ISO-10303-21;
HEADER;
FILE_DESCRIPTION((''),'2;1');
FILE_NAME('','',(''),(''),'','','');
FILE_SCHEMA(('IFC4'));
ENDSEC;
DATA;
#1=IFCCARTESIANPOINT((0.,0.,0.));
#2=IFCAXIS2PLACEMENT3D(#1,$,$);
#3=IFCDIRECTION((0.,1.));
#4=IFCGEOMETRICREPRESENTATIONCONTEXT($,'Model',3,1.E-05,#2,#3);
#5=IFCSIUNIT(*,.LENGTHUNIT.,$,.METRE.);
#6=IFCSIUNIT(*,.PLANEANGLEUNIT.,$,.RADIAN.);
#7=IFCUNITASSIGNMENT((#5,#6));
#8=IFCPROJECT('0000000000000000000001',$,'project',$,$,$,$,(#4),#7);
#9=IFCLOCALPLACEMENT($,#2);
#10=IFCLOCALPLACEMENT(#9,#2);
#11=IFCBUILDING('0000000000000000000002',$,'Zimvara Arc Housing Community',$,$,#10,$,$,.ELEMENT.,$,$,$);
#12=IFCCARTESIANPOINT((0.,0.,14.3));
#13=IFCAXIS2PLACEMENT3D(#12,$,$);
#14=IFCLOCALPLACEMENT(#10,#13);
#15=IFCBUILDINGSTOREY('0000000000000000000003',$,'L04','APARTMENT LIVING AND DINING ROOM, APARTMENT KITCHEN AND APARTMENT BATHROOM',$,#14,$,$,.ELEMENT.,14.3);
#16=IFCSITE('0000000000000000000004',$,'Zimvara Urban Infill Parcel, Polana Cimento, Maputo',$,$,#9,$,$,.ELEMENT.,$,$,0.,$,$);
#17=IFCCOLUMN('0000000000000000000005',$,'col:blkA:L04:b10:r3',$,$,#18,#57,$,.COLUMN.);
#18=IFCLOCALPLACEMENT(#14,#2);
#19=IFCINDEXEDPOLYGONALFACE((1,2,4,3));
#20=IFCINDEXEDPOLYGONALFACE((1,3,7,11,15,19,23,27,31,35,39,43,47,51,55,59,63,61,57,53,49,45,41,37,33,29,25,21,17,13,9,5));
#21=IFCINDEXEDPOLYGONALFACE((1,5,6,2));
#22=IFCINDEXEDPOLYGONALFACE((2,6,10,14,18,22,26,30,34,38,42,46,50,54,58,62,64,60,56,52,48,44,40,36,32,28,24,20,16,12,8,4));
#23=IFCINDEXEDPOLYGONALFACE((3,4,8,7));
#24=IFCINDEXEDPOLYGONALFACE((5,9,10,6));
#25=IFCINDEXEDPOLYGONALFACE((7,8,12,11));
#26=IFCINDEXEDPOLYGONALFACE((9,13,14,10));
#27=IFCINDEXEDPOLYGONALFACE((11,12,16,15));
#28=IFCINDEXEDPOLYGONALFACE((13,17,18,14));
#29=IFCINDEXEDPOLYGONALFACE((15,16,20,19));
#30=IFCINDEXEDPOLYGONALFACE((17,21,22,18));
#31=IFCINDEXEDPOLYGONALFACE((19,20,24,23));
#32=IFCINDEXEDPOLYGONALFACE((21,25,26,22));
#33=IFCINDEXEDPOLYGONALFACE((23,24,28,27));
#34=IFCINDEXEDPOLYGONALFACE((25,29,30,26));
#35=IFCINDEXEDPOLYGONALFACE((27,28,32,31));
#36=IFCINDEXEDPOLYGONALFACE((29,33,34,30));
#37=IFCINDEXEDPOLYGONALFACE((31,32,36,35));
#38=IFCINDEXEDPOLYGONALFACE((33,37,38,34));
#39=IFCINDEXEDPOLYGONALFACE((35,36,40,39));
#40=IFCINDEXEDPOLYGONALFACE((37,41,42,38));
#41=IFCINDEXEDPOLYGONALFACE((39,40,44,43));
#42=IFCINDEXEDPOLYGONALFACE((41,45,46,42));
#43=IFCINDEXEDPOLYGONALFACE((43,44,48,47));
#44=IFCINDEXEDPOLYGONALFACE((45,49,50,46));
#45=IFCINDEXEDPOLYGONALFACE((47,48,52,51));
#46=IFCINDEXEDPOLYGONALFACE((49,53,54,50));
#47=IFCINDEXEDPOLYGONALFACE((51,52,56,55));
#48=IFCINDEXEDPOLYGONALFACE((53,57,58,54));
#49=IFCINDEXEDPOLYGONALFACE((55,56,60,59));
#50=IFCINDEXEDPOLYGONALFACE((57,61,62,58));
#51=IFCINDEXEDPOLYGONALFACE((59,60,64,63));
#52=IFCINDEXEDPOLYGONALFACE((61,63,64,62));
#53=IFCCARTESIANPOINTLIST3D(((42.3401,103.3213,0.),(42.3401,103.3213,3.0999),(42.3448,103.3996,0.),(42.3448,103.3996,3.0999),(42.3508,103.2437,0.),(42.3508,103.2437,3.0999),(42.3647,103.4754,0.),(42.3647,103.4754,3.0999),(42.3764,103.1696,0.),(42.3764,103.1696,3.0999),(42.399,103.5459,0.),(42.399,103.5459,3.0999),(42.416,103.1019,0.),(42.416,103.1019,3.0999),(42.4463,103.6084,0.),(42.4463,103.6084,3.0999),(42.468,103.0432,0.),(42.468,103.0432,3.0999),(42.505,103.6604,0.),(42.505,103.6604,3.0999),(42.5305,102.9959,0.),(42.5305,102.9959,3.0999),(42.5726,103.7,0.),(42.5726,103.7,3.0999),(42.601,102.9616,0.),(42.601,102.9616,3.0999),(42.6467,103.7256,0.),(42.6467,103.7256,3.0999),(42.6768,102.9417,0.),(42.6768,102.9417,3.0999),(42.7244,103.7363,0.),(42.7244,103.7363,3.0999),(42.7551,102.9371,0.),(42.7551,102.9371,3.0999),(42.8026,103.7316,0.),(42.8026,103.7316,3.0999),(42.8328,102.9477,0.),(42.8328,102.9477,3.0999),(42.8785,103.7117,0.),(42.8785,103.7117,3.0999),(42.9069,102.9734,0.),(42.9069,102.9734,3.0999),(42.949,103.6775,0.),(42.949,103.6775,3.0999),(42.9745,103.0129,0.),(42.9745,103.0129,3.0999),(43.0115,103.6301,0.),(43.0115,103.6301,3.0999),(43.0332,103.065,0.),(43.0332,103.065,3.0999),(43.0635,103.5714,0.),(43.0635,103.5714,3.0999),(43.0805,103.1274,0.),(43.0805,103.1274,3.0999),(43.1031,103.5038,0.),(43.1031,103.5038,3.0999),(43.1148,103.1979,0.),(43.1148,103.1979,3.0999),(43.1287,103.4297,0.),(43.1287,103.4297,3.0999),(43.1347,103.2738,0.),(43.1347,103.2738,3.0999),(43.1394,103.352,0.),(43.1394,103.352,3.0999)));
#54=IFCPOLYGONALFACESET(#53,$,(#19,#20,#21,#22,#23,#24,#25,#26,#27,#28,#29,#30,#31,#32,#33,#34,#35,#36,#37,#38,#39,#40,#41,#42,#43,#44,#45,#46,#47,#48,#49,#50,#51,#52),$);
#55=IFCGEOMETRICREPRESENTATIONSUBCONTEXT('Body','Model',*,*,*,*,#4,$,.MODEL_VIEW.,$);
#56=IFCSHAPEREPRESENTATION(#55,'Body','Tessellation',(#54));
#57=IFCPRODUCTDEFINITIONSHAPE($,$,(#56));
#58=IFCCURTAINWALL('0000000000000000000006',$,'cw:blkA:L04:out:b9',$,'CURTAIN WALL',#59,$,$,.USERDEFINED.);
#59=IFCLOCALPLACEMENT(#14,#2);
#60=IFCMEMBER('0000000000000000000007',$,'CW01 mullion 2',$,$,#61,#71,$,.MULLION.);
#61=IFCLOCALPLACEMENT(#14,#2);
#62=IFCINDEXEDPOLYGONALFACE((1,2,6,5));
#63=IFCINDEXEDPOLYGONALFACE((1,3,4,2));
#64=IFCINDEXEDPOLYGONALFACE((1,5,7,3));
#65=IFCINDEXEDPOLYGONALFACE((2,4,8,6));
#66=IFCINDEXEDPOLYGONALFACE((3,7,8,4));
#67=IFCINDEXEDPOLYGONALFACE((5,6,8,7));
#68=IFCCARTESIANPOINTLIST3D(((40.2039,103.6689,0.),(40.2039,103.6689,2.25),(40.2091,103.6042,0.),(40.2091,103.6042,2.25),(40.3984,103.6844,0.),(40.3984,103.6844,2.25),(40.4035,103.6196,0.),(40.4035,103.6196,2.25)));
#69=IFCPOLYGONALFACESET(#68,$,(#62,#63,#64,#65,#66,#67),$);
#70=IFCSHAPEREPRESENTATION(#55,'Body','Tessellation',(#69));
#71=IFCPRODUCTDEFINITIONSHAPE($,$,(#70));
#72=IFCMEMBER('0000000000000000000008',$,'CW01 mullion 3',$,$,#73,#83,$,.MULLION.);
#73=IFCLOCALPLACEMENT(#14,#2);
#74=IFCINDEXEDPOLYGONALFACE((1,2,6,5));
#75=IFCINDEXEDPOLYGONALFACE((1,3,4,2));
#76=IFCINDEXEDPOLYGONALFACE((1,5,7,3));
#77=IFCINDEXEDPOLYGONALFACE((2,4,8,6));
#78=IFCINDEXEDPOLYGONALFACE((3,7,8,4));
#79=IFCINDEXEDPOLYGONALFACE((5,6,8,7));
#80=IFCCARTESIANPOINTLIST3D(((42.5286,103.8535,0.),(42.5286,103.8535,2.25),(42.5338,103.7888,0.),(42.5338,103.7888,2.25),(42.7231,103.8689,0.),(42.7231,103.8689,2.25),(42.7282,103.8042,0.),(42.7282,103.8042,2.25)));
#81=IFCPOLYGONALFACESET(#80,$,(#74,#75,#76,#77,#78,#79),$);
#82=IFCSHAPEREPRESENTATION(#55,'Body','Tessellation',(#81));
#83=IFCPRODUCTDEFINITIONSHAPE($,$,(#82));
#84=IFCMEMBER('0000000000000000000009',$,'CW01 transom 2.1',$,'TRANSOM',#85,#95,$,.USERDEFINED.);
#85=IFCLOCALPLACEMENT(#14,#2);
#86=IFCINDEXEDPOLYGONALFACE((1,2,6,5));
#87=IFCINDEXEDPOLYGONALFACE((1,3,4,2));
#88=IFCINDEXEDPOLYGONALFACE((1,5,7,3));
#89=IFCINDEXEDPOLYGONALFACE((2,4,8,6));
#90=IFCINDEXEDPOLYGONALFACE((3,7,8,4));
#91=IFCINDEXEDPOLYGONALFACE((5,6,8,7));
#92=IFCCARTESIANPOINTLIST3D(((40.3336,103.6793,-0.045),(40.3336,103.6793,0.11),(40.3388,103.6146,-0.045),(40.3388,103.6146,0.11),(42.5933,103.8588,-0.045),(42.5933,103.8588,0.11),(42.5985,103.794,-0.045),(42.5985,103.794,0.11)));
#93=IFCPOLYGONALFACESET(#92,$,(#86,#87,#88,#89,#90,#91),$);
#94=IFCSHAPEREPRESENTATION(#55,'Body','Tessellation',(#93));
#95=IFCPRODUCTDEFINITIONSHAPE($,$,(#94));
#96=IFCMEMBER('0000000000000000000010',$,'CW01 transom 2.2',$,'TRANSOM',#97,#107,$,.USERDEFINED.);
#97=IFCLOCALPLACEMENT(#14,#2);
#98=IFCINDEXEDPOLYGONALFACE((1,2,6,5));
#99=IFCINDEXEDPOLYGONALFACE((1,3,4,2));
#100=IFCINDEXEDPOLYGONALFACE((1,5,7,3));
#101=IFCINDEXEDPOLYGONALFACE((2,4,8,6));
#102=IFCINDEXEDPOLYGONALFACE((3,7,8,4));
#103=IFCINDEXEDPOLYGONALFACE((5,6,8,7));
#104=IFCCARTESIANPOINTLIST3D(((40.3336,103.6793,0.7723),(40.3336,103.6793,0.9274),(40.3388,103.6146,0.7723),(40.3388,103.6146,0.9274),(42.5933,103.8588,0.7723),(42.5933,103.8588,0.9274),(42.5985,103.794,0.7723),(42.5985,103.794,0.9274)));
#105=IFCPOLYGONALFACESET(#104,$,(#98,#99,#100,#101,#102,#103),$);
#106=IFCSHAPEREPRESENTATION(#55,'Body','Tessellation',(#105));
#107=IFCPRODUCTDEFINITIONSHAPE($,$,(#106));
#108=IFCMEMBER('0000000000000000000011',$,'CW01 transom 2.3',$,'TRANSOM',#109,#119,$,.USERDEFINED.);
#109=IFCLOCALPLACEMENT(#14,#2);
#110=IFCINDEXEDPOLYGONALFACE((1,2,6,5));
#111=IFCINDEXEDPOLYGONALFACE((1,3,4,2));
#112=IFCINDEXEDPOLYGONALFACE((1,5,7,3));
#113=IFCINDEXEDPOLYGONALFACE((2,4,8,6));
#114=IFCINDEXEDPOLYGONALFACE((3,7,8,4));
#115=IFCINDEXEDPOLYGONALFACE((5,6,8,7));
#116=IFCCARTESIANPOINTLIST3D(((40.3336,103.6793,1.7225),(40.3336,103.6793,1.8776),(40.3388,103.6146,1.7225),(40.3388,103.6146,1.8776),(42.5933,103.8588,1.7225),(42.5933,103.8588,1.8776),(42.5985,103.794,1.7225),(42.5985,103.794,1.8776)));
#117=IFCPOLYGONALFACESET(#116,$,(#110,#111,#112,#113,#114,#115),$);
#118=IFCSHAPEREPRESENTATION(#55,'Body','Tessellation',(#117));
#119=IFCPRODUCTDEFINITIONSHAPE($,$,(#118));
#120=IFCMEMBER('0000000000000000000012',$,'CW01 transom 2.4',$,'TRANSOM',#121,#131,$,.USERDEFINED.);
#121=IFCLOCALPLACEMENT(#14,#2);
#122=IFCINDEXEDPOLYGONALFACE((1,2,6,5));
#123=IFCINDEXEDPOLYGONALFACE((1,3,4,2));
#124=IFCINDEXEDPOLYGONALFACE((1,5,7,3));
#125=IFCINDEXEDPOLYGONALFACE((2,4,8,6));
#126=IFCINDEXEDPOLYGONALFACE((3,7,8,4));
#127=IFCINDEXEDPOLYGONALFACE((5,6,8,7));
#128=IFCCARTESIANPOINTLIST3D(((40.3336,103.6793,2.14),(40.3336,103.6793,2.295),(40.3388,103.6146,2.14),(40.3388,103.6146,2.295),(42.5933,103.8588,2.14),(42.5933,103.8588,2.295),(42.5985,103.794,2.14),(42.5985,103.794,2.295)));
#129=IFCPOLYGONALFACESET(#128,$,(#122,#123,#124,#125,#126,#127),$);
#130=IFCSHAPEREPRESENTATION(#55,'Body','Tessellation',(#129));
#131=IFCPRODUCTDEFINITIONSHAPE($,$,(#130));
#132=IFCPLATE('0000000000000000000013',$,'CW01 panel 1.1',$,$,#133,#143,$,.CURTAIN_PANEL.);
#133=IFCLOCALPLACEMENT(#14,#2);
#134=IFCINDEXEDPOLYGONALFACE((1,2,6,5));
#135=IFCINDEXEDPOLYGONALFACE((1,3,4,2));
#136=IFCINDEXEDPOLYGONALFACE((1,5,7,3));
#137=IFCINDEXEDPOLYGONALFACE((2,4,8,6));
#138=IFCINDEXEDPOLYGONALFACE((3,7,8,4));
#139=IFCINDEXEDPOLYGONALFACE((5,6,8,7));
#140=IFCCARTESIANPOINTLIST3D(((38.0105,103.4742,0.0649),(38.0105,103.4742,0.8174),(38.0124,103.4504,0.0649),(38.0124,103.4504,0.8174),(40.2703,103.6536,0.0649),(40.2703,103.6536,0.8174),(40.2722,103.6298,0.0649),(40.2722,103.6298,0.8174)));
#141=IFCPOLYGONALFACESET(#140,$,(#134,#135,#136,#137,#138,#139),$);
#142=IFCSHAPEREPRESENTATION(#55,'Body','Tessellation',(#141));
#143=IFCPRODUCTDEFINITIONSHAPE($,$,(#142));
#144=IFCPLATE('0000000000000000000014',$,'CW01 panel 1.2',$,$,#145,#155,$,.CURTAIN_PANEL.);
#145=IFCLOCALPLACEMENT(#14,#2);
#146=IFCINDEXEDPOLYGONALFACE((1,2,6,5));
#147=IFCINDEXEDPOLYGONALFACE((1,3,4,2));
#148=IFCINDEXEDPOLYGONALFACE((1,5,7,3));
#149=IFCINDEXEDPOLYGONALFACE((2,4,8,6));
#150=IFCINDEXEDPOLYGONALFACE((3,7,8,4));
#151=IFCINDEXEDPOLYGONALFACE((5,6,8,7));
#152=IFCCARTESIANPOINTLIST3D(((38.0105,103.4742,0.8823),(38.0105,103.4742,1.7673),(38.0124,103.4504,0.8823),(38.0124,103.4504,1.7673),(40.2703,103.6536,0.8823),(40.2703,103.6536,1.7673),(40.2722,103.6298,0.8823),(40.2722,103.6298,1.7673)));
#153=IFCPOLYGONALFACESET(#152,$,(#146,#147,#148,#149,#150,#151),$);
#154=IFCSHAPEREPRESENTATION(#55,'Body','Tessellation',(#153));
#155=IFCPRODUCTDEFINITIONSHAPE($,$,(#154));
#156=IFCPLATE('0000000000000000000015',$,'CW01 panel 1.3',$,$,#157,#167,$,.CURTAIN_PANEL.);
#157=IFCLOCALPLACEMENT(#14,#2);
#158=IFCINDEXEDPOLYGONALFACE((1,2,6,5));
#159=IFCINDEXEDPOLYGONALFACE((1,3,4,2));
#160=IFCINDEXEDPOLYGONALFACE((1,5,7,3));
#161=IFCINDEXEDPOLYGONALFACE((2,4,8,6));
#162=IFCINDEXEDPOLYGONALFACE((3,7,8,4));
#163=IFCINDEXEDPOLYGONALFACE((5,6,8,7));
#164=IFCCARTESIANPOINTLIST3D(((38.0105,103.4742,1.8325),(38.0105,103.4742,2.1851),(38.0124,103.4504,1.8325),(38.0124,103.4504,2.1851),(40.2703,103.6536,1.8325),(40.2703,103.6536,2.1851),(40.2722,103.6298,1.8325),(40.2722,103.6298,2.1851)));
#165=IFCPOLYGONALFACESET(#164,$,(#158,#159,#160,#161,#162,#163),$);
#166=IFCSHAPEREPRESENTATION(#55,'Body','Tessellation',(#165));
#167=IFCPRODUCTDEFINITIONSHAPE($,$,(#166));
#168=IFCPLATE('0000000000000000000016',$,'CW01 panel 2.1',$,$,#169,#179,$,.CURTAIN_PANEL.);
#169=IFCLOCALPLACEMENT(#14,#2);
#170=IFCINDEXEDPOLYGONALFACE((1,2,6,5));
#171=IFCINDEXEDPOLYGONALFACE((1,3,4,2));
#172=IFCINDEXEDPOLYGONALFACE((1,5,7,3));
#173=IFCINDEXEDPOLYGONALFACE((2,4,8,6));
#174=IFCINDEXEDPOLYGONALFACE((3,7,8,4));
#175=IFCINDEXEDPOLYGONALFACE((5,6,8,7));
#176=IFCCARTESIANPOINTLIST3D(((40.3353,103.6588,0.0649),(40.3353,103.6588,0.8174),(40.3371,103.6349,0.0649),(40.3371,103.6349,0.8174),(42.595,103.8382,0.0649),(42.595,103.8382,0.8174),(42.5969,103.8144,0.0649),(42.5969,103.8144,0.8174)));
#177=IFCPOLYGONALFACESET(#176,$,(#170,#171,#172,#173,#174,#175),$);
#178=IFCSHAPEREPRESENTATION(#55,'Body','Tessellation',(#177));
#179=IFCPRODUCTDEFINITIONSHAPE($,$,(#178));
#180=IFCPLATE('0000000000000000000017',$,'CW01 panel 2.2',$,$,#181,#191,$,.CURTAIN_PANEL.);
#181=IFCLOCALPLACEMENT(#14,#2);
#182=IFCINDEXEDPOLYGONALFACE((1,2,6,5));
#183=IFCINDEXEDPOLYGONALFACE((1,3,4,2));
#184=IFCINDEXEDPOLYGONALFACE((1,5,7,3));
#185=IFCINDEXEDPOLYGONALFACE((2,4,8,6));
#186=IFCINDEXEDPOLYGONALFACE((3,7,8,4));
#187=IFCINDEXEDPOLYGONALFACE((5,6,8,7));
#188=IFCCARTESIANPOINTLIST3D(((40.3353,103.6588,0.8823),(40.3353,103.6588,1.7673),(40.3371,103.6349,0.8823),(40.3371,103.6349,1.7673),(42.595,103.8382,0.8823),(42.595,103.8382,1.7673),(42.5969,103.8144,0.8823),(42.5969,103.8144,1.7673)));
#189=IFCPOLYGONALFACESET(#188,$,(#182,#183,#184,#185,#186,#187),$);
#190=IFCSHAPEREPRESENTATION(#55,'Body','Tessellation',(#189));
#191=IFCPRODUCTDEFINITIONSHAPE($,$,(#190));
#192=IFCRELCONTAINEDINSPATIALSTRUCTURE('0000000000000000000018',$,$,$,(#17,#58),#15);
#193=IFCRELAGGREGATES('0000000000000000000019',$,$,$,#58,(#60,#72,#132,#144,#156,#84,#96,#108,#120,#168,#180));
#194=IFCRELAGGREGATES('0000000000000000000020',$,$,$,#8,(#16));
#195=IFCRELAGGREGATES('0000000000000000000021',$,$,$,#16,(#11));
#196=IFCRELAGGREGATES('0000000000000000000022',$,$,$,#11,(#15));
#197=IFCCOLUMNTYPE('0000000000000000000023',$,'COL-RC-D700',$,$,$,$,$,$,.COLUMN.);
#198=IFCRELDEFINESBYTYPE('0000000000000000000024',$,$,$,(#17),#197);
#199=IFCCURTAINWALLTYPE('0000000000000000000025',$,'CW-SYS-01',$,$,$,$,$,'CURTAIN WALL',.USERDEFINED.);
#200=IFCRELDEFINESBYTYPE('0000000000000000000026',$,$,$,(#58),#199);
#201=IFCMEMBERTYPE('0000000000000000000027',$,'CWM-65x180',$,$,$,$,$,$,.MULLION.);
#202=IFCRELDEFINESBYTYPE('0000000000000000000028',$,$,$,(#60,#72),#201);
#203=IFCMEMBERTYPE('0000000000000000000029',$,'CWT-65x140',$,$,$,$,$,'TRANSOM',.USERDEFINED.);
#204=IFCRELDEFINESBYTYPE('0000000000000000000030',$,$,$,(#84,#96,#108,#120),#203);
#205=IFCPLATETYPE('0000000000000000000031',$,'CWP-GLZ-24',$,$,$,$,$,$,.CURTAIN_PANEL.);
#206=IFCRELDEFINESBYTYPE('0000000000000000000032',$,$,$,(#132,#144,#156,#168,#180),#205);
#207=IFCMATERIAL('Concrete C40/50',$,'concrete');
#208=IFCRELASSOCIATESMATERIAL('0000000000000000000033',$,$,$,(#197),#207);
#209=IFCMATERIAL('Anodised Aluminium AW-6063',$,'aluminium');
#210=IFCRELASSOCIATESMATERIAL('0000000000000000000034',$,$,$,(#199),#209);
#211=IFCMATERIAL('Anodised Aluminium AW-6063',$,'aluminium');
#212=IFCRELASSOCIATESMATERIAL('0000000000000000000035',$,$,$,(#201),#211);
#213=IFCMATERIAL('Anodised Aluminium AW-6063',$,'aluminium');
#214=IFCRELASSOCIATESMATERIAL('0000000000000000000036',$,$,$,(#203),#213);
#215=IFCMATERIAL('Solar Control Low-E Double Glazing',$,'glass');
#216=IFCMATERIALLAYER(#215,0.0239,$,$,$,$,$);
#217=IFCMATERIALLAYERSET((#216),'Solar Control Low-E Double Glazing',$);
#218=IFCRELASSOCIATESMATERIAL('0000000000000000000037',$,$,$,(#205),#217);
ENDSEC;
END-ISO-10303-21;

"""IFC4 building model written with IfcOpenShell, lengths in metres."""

from ifc_helpers import new_model, si_unit, direction, frame, origin, origin_2d, place, context, subcontext, project, spatial, rectangle, circle, extrude, material, layer, layer_set, material_profile, profile_set, type_object, element, aggregate, save


model = new_model("IFC4")

# Units and contexts
model_context = context("Model", 3, precision=1e-05, world=origin(), true_north=direction((0.0, 1.0)))
body_context = subcontext(model_context, "Body", "Model", "MODEL_VIEW")
ifc_project = project(units=[si_unit("LENGTHUNIT", "METRE"), si_unit("PLANEANGLEUNIT", "RADIAN")], contexts=[model_context])

# Site, building, storey
site_placement = place(None, origin())
site = spatial("IfcSite", under=ifc_project, at=site_placement, Name="Zimvara Urban Infill Parcel, Polana Cimento, Maputo", CompositionType="ELEMENT", RefElevation=0.0)
building_placement = place(site_placement, origin())
building = spatial("IfcBuilding", under=site, at=building_placement, Name="Zimvara Arc Housing Community", CompositionType="ELEMENT")
storey_placement = place(building_placement, frame((0.0, 0.0, 14.3)))
storey = spatial("IfcBuildingStorey", under=building, at=storey_placement, Name="L04", Description="APARTMENT LIVING AND DINING ROOM, APARTMENT KITCHEN AND APARTMENT BATHROOM", CompositionType="ELEMENT", Elevation=14.3)

# Column
ifc_material_1 = material(Name="Concrete C40/50", Category="concrete")
ifc_material_profile_1 = material_profile(ifc_material_1, circle(Radius=0.3999, at=origin_2d()), Name="RC D800")
ifc_profile_set_1 = profile_set([ifc_material_profile_1], Name="Concrete C40/50")
column_type = type_object("IfcColumnType", Name="COL-RC-D700", PredefinedType="COLUMN", material=ifc_profile_set_1)
column_placement = place(storey_placement, frame((42.7397, 103.3367, 0.0), z_axis=(0.0, 0.0, 1.0), x_axis=(-0.038388, 0.999263, 0.0)))
element("IfcColumn", 1, at=column_placement, inside=storey, type_object=column_type, Name="col:blkA:L04:b10:r3", PredefinedType="COLUMN", context=body_context, shape_type="SweptSolid", body=[
    extrude(circle(Radius=0.3999, at=origin_2d()), origin(), (0.0, 0.0, 1.0), 3.0999),
])

# Curtain wall, members, plates
ifc_material_2 = material(Name="Anodised Aluminium AW-6063", Category="aluminium")
curtain_wall_type = type_object("IfcCurtainWallType", Name="CW-SYS-01", ElementType="CURTAIN WALL", PredefinedType="USERDEFINED", material=ifc_material_2)
curtain_wall_placement = place(storey_placement, origin())
curtain_wall = element("IfcCurtainWall", 2, at=curtain_wall_placement, inside=storey, type_object=curtain_wall_type, Name="cw:blkA:L04:out:b9", ObjectType="CURTAIN WALL", PredefinedType="USERDEFINED")
ifc_material_3 = material(Name="Anodised Aluminium AW-6063", Category="aluminium")
ifc_material_profile_2 = material_profile(ifc_material_3, rectangle(XDim=0.0649, YDim=0.1951, at=origin_2d()), Name="ALU 65x195")
ifc_profile_set_2 = profile_set([ifc_material_profile_2], Name="Anodised Aluminium AW-6063")
member_type_1 = type_object("IfcMemberType", Name="CWM-65x180", PredefinedType="MULLION", material=ifc_profile_set_2)
member_1_placement = place(storey_placement, frame((40.3037, 103.6443, 0.0), z_axis=(0.0, 0.0, 1.0), x_axis=(-0.079154, 0.996862, 0.0)))
member_1 = element("IfcMember", 3, at=member_1_placement, type_object=member_type_1, Name="CW01 mullion 2", PredefinedType="MULLION", context=body_context, shape_type="SweptSolid", body=[
    extrude(rectangle(XDim=0.0649, YDim=0.1951, at=origin_2d()), origin(), (0.0, 0.0, 1.0), 2.25),
])
member_2_placement = place(storey_placement, frame((42.6284, 103.8289, 0.0), z_axis=(0.0, 0.0, 1.0), x_axis=(-0.079154, 0.996862, 0.0)))
member_2 = element("IfcMember", 4, at=member_2_placement, type_object=member_type_1, Name="CW01 mullion 3", PredefinedType="MULLION", context=body_context, shape_type="SweptSolid", body=[
    extrude(rectangle(XDim=0.0649, YDim=0.1951, at=origin_2d()), origin(), (0.0, 0.0, 1.0), 2.25),
])
ifc_material_4 = material(Name="Anodised Aluminium AW-6063", Category="aluminium")
ifc_material_profile_3 = material_profile(ifc_material_4, rectangle(XDim=0.0649, YDim=0.155, at=origin_2d()), Name="ALU 65x155")
ifc_profile_set_3 = profile_set([ifc_material_profile_3], Name="Anodised Aluminium AW-6063")
member_type_2 = type_object("IfcMemberType", Name="CWT-65x140", ElementType="TRANSOM", PredefinedType="USERDEFINED", material=ifc_profile_set_3)
member_3_placement = place(storey_placement, frame((40.3362, 103.647, 0.0325), z_axis=(0.996862, 0.079159, 0.0), x_axis=(-0.079159, 0.996862, 0.0)))
member_3 = element("IfcMember", 5, at=member_3_placement, type_object=member_type_2, Name="CW01 transom 2.1", ObjectType="TRANSOM", PredefinedType="USERDEFINED", context=body_context, shape_type="SweptSolid", body=[
    extrude(rectangle(XDim=0.0649, YDim=0.155, at=origin_2d()), origin(), (0.0, 0.0, 1.0), 2.2668),
])
member_4_placement = place(storey_placement, frame((40.3362, 103.647, 0.8499), z_axis=(0.996862, 0.079159, 0.0), x_axis=(-0.079159, 0.996862, 0.0)))
member_4 = element("IfcMember", 6, at=member_4_placement, type_object=member_type_2, Name="CW01 transom 2.2", ObjectType="TRANSOM", PredefinedType="USERDEFINED", context=body_context, shape_type="SweptSolid", body=[
    extrude(rectangle(XDim=0.0649, YDim=0.155, at=origin_2d()), origin(), (0.0, 0.0, 1.0), 2.2668),
])
member_5_placement = place(storey_placement, frame((40.3362, 103.647, 1.8), z_axis=(0.996862, 0.079159, 0.0), x_axis=(-0.079159, 0.996862, 0.0)))
member_5 = element("IfcMember", 7, at=member_5_placement, type_object=member_type_2, Name="CW01 transom 2.3", ObjectType="TRANSOM", PredefinedType="USERDEFINED", context=body_context, shape_type="SweptSolid", body=[
    extrude(rectangle(XDim=0.0649, YDim=0.155, at=origin_2d()), origin(), (0.0, 0.0, 1.0), 2.2668),
])
member_6_placement = place(storey_placement, frame((40.3362, 103.647, 2.2175), z_axis=(0.996862, 0.079159, 0.0), x_axis=(-0.079159, 0.996862, 0.0)))
member_6 = element("IfcMember", 8, at=member_6_placement, type_object=member_type_2, Name="CW01 transom 2.4", ObjectType="TRANSOM", PredefinedType="USERDEFINED", context=body_context, shape_type="SweptSolid", body=[
    extrude(rectangle(XDim=0.0649, YDim=0.155, at=origin_2d()), origin(), (0.0, 0.0, 1.0), 2.2668),
])
ifc_material_5 = material(Name="Solar Control Low-E Double Glazing", Category="glass")
ifc_layer_1 = layer(ifc_material_5, 0.0239)
ifc_layer_set_1 = layer_set([ifc_layer_1], Name="Solar Control Low-E Double Glazing")
plate_type = type_object("IfcPlateType", Name="CWP-GLZ-24", PredefinedType="CURTAIN_PANEL", material=ifc_layer_set_1)
plate_1_placement = place(storey_placement, frame((39.1414, 103.552, 0.0649), z_axis=(0.0, 0.0, 1.0), x_axis=(0.996862, 0.079154, 0.0)))
plate_1 = element("IfcPlate", 9, at=plate_1_placement, type_object=plate_type, Name="CW01 panel 1.1", PredefinedType="CURTAIN_PANEL", context=body_context, shape_type="SweptSolid", body=[
    extrude(rectangle(XDim=2.2668, YDim=0.0239, at=origin_2d()), origin(), (0.0, 0.0, 1.0), 0.7524),
])
plate_2_placement = place(storey_placement, frame((39.1414, 103.552, 0.8823), z_axis=(0.0, 0.0, 1.0), x_axis=(0.996862, 0.079154, 0.0)))
plate_2 = element("IfcPlate", 10, at=plate_2_placement, type_object=plate_type, Name="CW01 panel 1.2", PredefinedType="CURTAIN_PANEL", context=body_context, shape_type="SweptSolid", body=[
    extrude(rectangle(XDim=2.2668, YDim=0.0239, at=origin_2d()), origin(), (0.0, 0.0, 1.0), 0.885),
])
plate_3_placement = place(storey_placement, frame((39.1414, 103.552, 1.8325), z_axis=(0.0, 0.0, 1.0), x_axis=(0.996862, 0.079154, 0.0)))
plate_3 = element("IfcPlate", 11, at=plate_3_placement, type_object=plate_type, Name="CW01 panel 1.3", PredefinedType="CURTAIN_PANEL", context=body_context, shape_type="SweptSolid", body=[
    extrude(rectangle(XDim=2.2668, YDim=0.0239, at=origin_2d()), origin(), (0.0, 0.0, 1.0), 0.3525),
])
plate_4_placement = place(storey_placement, frame((41.4661, 103.7366, 0.0649), z_axis=(0.0, 0.0, 1.0), x_axis=(0.996862, 0.079154, 0.0)))
plate_4 = element("IfcPlate", 12, at=plate_4_placement, type_object=plate_type, Name="CW01 panel 2.1", PredefinedType="CURTAIN_PANEL", context=body_context, shape_type="SweptSolid", body=[
    extrude(rectangle(XDim=2.2668, YDim=0.0239, at=origin_2d()), origin(), (0.0, 0.0, 1.0), 0.7524),
])
plate_5_placement = place(storey_placement, frame((41.4661, 103.7366, 0.8823), z_axis=(0.0, 0.0, 1.0), x_axis=(0.996862, 0.079154, 0.0)))
plate_5 = element("IfcPlate", 13, at=plate_5_placement, type_object=plate_type, Name="CW01 panel 2.2", PredefinedType="CURTAIN_PANEL", context=body_context, shape_type="SweptSolid", body=[
    extrude(rectangle(XDim=2.2668, YDim=0.0239, at=origin_2d()), origin(), (0.0, 0.0, 1.0), 0.885),
])
aggregate(curtain_wall, [member_1, member_2, plate_1, plate_2, plate_3, member_3, member_4, member_5, member_6, plate_4, plate_5])

save(model, "model.ifc")
